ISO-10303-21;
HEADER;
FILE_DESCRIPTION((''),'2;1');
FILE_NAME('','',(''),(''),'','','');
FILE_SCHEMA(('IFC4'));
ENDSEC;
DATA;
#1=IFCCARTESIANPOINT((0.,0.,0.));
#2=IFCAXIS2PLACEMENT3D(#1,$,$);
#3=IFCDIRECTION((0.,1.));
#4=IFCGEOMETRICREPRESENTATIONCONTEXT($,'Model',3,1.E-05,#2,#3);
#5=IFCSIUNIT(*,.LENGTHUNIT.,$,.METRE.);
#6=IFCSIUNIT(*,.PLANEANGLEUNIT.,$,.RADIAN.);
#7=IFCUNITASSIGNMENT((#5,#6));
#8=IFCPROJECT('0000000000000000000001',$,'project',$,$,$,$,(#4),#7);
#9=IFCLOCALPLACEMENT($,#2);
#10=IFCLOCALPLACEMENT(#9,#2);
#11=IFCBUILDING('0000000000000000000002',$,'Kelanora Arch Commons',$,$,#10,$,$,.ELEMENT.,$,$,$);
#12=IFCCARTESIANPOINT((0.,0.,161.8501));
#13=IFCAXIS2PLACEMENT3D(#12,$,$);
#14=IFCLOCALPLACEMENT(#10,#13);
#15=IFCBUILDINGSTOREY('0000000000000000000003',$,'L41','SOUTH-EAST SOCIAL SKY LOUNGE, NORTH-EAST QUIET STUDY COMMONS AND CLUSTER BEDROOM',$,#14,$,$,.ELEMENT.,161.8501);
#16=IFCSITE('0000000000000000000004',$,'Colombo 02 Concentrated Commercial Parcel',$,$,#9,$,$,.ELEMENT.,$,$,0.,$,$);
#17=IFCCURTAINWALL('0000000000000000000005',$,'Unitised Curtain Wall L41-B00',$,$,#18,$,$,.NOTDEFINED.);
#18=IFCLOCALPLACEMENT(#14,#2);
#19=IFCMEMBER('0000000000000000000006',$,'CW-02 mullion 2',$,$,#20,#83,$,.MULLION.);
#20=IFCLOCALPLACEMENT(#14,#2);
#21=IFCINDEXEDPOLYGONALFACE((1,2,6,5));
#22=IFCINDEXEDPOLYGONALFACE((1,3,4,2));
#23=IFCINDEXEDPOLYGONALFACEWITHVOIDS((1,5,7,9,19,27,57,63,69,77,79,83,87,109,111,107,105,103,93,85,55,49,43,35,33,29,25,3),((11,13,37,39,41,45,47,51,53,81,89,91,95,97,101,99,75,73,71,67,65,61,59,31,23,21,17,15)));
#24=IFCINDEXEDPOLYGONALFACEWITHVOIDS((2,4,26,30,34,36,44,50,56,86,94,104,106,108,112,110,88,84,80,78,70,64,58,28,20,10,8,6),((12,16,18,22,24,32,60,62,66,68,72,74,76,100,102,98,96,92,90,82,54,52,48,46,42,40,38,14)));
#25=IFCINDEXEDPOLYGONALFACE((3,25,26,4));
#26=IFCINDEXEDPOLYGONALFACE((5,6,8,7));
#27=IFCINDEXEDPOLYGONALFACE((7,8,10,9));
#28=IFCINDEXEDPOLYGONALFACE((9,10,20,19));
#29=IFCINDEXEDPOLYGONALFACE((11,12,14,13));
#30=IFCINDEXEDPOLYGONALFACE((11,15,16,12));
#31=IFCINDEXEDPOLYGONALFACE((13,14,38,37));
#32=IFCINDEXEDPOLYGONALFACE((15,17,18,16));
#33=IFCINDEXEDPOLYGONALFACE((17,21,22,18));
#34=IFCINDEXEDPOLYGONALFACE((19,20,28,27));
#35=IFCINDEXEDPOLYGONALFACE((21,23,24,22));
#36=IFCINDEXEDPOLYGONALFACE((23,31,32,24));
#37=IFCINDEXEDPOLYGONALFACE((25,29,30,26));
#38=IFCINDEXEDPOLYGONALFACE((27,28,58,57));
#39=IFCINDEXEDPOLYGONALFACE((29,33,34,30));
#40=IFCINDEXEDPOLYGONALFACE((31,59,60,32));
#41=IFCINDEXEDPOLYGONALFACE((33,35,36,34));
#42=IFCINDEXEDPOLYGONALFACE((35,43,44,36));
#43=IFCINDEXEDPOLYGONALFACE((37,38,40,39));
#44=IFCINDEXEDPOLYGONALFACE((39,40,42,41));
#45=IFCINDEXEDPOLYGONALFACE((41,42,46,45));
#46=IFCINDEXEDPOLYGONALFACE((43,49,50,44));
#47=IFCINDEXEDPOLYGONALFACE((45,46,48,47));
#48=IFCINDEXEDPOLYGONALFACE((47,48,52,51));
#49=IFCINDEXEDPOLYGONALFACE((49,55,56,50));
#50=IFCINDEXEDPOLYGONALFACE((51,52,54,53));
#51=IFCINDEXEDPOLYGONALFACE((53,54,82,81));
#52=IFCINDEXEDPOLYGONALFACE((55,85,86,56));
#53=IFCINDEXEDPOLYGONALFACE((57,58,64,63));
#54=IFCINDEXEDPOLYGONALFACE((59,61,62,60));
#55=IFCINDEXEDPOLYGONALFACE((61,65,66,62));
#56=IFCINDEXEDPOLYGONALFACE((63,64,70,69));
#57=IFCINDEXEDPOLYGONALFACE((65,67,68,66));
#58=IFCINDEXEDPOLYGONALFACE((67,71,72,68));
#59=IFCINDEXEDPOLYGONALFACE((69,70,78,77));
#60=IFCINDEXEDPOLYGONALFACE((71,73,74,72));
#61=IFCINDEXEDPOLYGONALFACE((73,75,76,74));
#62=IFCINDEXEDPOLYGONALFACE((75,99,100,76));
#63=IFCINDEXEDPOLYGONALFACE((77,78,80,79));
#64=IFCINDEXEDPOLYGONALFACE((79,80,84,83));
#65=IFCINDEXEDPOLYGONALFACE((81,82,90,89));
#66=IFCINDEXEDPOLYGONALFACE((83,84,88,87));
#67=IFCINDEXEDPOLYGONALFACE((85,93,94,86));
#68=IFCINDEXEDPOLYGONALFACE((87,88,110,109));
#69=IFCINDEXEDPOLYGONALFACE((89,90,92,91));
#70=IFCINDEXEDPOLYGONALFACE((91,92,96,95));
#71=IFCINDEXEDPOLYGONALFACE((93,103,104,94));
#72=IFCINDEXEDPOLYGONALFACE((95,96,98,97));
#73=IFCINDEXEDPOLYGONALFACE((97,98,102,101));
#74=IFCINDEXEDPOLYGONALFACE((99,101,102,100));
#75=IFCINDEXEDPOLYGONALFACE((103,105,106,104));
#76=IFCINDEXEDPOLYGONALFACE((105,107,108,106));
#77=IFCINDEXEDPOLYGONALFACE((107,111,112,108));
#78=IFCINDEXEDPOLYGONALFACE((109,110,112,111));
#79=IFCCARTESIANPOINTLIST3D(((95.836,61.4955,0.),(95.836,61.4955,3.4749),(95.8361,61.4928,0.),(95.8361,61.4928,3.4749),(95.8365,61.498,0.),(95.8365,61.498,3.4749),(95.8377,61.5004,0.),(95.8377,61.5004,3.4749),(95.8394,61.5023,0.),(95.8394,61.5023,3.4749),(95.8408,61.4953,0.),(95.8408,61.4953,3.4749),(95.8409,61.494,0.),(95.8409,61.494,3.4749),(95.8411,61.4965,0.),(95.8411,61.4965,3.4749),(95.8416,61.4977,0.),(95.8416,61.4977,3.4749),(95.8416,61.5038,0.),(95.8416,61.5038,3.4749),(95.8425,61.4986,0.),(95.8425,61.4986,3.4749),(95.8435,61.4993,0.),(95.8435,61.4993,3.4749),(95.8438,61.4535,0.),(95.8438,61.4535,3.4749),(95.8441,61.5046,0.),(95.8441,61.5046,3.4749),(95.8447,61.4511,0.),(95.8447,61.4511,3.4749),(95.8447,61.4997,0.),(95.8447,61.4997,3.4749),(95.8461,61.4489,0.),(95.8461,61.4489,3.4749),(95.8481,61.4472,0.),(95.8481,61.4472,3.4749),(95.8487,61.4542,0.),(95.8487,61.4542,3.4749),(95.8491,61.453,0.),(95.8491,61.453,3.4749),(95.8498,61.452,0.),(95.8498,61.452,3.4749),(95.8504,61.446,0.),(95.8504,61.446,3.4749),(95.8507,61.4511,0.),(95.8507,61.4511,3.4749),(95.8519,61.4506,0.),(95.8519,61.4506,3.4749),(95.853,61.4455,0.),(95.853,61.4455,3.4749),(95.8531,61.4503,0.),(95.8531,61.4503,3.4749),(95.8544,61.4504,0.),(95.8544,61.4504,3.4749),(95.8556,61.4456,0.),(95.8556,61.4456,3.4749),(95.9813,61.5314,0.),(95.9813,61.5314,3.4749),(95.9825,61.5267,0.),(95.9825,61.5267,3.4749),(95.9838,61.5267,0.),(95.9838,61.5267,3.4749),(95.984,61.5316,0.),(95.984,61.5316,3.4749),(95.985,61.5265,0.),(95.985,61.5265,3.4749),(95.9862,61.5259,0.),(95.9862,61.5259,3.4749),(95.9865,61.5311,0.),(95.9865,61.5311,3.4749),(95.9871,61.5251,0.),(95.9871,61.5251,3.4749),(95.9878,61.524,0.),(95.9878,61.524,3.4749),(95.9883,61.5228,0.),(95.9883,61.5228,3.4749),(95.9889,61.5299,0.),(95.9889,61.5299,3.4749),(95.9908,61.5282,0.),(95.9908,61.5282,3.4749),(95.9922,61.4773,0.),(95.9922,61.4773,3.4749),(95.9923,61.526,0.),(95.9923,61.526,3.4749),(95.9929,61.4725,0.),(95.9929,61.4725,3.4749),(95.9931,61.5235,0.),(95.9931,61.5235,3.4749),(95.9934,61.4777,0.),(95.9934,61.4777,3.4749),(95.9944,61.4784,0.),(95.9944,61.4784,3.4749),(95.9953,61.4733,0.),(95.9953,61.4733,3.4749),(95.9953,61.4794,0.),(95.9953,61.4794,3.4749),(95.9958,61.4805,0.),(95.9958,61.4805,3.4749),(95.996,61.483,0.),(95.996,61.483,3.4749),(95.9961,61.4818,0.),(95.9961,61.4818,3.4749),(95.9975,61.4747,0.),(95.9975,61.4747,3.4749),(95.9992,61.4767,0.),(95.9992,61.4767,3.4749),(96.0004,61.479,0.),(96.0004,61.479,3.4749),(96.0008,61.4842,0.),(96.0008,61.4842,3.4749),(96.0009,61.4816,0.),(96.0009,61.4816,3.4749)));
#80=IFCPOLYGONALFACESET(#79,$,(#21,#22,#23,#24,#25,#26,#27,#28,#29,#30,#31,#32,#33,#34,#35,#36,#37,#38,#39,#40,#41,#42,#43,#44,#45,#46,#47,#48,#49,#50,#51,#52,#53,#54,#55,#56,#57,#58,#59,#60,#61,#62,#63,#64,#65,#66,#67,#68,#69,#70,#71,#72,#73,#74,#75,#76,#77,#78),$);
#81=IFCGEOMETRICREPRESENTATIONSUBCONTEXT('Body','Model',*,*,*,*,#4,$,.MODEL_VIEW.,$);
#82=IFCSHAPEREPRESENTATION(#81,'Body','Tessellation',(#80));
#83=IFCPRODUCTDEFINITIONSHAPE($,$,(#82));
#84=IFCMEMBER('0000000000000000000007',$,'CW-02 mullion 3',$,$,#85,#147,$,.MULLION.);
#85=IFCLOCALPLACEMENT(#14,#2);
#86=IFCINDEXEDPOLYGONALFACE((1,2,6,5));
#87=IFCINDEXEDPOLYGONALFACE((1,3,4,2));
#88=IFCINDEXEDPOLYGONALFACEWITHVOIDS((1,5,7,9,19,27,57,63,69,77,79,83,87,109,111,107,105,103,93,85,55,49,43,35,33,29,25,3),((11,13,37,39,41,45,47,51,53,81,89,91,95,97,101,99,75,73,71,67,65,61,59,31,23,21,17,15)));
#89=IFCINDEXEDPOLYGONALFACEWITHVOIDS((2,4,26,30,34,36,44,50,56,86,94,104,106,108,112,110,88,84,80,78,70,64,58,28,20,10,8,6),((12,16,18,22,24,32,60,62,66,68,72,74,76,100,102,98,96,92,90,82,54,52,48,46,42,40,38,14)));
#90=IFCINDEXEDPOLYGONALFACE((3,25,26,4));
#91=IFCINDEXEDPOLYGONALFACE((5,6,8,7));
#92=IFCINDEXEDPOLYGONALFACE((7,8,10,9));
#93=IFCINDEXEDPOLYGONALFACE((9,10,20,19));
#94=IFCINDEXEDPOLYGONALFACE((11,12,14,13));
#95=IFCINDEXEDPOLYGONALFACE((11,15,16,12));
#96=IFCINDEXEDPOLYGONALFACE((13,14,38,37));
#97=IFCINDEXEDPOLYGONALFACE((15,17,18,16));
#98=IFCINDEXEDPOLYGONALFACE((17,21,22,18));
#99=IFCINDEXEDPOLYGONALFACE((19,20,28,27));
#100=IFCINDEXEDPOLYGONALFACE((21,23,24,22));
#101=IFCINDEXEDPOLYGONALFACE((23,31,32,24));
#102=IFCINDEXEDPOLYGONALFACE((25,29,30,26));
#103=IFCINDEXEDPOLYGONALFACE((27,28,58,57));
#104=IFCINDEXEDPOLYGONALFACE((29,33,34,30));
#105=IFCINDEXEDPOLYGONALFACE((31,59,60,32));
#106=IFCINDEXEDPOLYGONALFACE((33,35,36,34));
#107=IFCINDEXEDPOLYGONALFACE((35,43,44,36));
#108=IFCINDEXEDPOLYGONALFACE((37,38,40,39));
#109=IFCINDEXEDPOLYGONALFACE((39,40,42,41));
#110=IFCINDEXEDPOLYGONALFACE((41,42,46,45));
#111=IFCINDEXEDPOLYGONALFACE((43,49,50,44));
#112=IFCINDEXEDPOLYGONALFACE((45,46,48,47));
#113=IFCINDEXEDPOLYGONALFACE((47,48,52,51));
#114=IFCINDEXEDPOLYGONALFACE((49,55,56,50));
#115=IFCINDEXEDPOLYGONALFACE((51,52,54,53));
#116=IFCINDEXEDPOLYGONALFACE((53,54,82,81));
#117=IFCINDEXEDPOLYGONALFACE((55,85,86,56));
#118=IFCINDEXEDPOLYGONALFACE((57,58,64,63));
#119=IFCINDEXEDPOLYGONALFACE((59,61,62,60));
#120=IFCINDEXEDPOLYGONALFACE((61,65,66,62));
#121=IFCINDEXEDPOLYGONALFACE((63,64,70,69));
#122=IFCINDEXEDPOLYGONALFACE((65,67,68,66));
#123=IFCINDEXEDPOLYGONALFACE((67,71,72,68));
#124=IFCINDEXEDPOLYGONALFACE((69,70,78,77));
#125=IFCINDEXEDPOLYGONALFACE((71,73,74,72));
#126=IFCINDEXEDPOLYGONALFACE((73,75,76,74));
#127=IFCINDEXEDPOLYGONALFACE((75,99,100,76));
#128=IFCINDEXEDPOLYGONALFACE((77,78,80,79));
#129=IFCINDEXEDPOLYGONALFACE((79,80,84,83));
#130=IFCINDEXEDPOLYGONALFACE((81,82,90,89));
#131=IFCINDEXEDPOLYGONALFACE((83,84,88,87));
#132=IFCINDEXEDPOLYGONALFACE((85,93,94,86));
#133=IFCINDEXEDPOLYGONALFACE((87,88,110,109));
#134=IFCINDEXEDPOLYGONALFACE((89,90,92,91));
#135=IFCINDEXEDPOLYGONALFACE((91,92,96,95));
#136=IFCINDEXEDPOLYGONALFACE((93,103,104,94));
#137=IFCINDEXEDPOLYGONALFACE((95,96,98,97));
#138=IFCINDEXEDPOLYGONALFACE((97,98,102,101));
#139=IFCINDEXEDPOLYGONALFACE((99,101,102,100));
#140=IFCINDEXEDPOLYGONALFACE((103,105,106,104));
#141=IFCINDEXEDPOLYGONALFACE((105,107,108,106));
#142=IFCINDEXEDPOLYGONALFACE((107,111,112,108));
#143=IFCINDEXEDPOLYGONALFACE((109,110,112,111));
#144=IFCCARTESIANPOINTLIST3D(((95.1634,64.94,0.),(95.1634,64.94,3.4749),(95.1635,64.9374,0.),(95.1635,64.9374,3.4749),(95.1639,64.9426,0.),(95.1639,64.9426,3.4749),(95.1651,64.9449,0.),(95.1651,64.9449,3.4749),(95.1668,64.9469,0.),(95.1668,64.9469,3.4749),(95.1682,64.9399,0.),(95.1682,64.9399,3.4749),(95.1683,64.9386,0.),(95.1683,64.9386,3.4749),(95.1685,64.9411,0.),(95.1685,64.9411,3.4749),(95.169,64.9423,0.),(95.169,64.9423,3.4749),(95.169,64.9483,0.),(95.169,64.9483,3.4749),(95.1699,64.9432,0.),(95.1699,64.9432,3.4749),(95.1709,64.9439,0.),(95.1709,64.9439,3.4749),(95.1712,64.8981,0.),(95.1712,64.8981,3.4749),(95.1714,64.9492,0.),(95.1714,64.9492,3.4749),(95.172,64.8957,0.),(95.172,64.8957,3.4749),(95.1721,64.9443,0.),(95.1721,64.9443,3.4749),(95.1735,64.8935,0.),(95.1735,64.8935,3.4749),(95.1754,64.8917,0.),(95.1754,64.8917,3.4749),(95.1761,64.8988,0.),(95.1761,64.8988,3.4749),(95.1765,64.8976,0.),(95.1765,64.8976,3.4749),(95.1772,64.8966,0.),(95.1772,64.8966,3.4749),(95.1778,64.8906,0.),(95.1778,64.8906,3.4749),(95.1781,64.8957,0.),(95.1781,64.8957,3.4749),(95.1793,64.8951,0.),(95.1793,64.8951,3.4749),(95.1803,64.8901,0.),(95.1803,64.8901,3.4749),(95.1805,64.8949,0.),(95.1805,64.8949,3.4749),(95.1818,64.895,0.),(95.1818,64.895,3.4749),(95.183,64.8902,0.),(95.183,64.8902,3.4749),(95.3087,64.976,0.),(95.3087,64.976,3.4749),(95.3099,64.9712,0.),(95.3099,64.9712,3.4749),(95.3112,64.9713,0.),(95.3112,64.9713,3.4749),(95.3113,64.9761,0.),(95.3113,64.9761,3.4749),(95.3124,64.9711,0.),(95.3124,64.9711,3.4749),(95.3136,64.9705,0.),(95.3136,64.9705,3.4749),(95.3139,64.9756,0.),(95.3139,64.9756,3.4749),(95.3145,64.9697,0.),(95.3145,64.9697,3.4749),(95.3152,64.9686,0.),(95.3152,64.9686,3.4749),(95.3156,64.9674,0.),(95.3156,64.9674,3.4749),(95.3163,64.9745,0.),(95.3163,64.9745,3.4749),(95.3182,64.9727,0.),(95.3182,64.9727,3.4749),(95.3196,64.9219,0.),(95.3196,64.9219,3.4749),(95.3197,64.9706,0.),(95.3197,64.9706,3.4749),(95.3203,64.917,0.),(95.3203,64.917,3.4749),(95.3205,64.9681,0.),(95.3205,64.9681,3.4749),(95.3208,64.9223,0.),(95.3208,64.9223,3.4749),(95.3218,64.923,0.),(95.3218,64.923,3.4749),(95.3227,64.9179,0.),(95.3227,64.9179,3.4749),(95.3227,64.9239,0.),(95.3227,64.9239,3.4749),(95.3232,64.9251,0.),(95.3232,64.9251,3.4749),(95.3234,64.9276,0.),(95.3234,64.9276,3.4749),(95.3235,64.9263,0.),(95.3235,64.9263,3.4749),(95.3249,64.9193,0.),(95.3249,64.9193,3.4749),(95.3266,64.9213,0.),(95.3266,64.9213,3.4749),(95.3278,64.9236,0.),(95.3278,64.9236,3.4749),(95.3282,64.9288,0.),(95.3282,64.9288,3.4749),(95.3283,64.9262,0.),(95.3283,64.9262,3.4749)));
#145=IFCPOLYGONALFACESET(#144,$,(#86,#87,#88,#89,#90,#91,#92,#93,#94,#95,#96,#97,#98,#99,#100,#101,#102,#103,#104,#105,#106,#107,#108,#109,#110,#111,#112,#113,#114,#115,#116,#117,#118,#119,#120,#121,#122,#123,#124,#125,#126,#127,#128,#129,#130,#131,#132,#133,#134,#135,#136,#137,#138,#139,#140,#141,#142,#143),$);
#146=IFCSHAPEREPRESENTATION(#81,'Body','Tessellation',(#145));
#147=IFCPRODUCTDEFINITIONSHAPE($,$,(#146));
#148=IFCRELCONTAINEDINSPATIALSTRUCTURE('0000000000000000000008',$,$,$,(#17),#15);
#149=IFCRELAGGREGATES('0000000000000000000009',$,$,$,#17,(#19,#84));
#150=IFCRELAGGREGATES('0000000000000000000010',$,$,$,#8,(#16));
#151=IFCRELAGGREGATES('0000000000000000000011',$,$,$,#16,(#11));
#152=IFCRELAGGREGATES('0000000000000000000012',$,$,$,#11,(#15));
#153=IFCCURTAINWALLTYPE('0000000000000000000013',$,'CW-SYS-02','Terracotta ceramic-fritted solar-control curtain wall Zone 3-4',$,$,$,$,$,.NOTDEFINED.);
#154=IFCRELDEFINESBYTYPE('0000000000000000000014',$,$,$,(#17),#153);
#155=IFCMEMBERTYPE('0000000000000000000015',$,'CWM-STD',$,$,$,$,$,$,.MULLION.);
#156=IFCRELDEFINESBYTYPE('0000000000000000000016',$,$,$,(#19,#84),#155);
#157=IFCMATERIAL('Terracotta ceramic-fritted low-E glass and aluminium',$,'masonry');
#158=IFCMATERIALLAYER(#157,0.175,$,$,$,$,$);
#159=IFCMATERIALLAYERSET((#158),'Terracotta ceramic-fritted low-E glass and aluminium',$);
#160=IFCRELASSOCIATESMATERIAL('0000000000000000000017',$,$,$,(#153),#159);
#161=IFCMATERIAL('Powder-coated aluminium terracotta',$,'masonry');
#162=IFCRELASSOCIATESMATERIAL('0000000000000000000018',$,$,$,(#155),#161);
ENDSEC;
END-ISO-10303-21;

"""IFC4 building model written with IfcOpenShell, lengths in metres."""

from ifc_helpers import new_model, si_unit, direction, frame, origin, origin_2d, place, context, subcontext, project, spatial, hollow_rectangle, extrude, material, layer, layer_set, material_profile, profile_set, type_object, element, aggregate, save


model = new_model("IFC4")

# Units and contexts
model_context = context("Model", 3, precision=1e-05, world=origin(), true_north=direction((0.0, 1.0)))
body_context = subcontext(model_context, "Body", "Model", "MODEL_VIEW")
ifc_project = project(units=[si_unit("LENGTHUNIT", "METRE"), si_unit("PLANEANGLEUNIT", "RADIAN")], contexts=[model_context])

# Site, building, storey
site_placement = place(None, origin())
site = spatial("IfcSite", under=ifc_project, at=site_placement, Name="Colombo 02 Concentrated Commercial Parcel", CompositionType="ELEMENT", RefElevation=0.0)
building_placement = place(site_placement, origin())
building = spatial("IfcBuilding", under=site, at=building_placement, Name="Kelanora Arch Commons", CompositionType="ELEMENT")
storey_placement = place(building_placement, frame((0.0, 0.0, 161.8501)))
storey = spatial("IfcBuildingStorey", under=building, at=storey_placement, Name="L41", Description="SOUTH-EAST SOCIAL SKY LOUNGE, NORTH-EAST QUIET STUDY COMMONS AND CLUSTER BEDROOM", CompositionType="ELEMENT", Elevation=161.8501)

# Curtain wall, members
ifc_material_1 = material(Name="Terracotta ceramic-fritted low-E glass and aluminium", Category="masonry")
ifc_layer_1 = layer(ifc_material_1, 0.175)
ifc_layer_set_1 = layer_set([ifc_layer_1], Name="Terracotta ceramic-fritted low-E glass and aluminium")
curtain_wall_type = type_object("IfcCurtainWallType", Name="CW-SYS-02", Description="Terracotta ceramic-fritted solar-control curtain wall Zone 3-4", PredefinedType="NOTDEFINED", material=ifc_layer_set_1)
curtain_wall_placement = place(storey_placement, origin())
curtain_wall = element("IfcCurtainWall", 1, at=curtain_wall_placement, inside=storey, type_object=curtain_wall_type, Name="Unitised Curtain Wall L41-B00", PredefinedType="NOTDEFINED")
ifc_material_2 = material(Name="Powder-coated aluminium terracotta", Category="masonry")
ifc_material_profile_1 = material_profile(ifc_material_2, hollow_rectangle(XDim=0.1599, YDim=0.0601, WallThickness=0.0049, InnerFilletRadius=0.0049, OuterFilletRadius=0.01, at=origin_2d()), Name="CWM160x60")
ifc_profile_set_1 = profile_set([ifc_material_profile_1], Name="Powder-coated aluminium terracotta")
member_type_1 = type_object("IfcMemberType", Name="CWM-STD", PredefinedType="MULLION", material=ifc_profile_set_1)
member_1_placement = place(storey_placement, frame((95.9185, 61.4885, 0.0), z_axis=(0.0, 0.0, 1.0), x_axis=(-0.981453, -0.191705, 0.0)))
member_1 = element("IfcMember", 2, at=member_1_placement, type_object=member_type_1, Name="CW-02 mullion 2", PredefinedType="MULLION", context=body_context, shape_type="SweptSolid", body=[
    extrude(hollow_rectangle(XDim=0.1599, YDim=0.0601, WallThickness=0.0049, InnerFilletRadius=0.0049, OuterFilletRadius=0.01, at=origin_2d()), origin(), (0.0, 0.0, 1.0), 3.4749),
])
member_2_placement = place(storey_placement, frame((95.2458, 64.9331, 0.0), z_axis=(0.0, 0.0, 1.0), x_axis=(-0.981453, -0.191705, 0.0)))
member_2 = element("IfcMember", 3, at=member_2_placement, type_object=member_type_1, Name="CW-02 mullion 3", PredefinedType="MULLION", context=body_context, shape_type="SweptSolid", body=[
    extrude(hollow_rectangle(XDim=0.1599, YDim=0.0601, WallThickness=0.0049, InnerFilletRadius=0.0049, OuterFilletRadius=0.01, at=origin_2d()), origin(), (0.0, 0.0, 1.0), 3.4749),
])
aggregate(curtain_wall, [member_1, member_2])

save(model, "model.ifc")
